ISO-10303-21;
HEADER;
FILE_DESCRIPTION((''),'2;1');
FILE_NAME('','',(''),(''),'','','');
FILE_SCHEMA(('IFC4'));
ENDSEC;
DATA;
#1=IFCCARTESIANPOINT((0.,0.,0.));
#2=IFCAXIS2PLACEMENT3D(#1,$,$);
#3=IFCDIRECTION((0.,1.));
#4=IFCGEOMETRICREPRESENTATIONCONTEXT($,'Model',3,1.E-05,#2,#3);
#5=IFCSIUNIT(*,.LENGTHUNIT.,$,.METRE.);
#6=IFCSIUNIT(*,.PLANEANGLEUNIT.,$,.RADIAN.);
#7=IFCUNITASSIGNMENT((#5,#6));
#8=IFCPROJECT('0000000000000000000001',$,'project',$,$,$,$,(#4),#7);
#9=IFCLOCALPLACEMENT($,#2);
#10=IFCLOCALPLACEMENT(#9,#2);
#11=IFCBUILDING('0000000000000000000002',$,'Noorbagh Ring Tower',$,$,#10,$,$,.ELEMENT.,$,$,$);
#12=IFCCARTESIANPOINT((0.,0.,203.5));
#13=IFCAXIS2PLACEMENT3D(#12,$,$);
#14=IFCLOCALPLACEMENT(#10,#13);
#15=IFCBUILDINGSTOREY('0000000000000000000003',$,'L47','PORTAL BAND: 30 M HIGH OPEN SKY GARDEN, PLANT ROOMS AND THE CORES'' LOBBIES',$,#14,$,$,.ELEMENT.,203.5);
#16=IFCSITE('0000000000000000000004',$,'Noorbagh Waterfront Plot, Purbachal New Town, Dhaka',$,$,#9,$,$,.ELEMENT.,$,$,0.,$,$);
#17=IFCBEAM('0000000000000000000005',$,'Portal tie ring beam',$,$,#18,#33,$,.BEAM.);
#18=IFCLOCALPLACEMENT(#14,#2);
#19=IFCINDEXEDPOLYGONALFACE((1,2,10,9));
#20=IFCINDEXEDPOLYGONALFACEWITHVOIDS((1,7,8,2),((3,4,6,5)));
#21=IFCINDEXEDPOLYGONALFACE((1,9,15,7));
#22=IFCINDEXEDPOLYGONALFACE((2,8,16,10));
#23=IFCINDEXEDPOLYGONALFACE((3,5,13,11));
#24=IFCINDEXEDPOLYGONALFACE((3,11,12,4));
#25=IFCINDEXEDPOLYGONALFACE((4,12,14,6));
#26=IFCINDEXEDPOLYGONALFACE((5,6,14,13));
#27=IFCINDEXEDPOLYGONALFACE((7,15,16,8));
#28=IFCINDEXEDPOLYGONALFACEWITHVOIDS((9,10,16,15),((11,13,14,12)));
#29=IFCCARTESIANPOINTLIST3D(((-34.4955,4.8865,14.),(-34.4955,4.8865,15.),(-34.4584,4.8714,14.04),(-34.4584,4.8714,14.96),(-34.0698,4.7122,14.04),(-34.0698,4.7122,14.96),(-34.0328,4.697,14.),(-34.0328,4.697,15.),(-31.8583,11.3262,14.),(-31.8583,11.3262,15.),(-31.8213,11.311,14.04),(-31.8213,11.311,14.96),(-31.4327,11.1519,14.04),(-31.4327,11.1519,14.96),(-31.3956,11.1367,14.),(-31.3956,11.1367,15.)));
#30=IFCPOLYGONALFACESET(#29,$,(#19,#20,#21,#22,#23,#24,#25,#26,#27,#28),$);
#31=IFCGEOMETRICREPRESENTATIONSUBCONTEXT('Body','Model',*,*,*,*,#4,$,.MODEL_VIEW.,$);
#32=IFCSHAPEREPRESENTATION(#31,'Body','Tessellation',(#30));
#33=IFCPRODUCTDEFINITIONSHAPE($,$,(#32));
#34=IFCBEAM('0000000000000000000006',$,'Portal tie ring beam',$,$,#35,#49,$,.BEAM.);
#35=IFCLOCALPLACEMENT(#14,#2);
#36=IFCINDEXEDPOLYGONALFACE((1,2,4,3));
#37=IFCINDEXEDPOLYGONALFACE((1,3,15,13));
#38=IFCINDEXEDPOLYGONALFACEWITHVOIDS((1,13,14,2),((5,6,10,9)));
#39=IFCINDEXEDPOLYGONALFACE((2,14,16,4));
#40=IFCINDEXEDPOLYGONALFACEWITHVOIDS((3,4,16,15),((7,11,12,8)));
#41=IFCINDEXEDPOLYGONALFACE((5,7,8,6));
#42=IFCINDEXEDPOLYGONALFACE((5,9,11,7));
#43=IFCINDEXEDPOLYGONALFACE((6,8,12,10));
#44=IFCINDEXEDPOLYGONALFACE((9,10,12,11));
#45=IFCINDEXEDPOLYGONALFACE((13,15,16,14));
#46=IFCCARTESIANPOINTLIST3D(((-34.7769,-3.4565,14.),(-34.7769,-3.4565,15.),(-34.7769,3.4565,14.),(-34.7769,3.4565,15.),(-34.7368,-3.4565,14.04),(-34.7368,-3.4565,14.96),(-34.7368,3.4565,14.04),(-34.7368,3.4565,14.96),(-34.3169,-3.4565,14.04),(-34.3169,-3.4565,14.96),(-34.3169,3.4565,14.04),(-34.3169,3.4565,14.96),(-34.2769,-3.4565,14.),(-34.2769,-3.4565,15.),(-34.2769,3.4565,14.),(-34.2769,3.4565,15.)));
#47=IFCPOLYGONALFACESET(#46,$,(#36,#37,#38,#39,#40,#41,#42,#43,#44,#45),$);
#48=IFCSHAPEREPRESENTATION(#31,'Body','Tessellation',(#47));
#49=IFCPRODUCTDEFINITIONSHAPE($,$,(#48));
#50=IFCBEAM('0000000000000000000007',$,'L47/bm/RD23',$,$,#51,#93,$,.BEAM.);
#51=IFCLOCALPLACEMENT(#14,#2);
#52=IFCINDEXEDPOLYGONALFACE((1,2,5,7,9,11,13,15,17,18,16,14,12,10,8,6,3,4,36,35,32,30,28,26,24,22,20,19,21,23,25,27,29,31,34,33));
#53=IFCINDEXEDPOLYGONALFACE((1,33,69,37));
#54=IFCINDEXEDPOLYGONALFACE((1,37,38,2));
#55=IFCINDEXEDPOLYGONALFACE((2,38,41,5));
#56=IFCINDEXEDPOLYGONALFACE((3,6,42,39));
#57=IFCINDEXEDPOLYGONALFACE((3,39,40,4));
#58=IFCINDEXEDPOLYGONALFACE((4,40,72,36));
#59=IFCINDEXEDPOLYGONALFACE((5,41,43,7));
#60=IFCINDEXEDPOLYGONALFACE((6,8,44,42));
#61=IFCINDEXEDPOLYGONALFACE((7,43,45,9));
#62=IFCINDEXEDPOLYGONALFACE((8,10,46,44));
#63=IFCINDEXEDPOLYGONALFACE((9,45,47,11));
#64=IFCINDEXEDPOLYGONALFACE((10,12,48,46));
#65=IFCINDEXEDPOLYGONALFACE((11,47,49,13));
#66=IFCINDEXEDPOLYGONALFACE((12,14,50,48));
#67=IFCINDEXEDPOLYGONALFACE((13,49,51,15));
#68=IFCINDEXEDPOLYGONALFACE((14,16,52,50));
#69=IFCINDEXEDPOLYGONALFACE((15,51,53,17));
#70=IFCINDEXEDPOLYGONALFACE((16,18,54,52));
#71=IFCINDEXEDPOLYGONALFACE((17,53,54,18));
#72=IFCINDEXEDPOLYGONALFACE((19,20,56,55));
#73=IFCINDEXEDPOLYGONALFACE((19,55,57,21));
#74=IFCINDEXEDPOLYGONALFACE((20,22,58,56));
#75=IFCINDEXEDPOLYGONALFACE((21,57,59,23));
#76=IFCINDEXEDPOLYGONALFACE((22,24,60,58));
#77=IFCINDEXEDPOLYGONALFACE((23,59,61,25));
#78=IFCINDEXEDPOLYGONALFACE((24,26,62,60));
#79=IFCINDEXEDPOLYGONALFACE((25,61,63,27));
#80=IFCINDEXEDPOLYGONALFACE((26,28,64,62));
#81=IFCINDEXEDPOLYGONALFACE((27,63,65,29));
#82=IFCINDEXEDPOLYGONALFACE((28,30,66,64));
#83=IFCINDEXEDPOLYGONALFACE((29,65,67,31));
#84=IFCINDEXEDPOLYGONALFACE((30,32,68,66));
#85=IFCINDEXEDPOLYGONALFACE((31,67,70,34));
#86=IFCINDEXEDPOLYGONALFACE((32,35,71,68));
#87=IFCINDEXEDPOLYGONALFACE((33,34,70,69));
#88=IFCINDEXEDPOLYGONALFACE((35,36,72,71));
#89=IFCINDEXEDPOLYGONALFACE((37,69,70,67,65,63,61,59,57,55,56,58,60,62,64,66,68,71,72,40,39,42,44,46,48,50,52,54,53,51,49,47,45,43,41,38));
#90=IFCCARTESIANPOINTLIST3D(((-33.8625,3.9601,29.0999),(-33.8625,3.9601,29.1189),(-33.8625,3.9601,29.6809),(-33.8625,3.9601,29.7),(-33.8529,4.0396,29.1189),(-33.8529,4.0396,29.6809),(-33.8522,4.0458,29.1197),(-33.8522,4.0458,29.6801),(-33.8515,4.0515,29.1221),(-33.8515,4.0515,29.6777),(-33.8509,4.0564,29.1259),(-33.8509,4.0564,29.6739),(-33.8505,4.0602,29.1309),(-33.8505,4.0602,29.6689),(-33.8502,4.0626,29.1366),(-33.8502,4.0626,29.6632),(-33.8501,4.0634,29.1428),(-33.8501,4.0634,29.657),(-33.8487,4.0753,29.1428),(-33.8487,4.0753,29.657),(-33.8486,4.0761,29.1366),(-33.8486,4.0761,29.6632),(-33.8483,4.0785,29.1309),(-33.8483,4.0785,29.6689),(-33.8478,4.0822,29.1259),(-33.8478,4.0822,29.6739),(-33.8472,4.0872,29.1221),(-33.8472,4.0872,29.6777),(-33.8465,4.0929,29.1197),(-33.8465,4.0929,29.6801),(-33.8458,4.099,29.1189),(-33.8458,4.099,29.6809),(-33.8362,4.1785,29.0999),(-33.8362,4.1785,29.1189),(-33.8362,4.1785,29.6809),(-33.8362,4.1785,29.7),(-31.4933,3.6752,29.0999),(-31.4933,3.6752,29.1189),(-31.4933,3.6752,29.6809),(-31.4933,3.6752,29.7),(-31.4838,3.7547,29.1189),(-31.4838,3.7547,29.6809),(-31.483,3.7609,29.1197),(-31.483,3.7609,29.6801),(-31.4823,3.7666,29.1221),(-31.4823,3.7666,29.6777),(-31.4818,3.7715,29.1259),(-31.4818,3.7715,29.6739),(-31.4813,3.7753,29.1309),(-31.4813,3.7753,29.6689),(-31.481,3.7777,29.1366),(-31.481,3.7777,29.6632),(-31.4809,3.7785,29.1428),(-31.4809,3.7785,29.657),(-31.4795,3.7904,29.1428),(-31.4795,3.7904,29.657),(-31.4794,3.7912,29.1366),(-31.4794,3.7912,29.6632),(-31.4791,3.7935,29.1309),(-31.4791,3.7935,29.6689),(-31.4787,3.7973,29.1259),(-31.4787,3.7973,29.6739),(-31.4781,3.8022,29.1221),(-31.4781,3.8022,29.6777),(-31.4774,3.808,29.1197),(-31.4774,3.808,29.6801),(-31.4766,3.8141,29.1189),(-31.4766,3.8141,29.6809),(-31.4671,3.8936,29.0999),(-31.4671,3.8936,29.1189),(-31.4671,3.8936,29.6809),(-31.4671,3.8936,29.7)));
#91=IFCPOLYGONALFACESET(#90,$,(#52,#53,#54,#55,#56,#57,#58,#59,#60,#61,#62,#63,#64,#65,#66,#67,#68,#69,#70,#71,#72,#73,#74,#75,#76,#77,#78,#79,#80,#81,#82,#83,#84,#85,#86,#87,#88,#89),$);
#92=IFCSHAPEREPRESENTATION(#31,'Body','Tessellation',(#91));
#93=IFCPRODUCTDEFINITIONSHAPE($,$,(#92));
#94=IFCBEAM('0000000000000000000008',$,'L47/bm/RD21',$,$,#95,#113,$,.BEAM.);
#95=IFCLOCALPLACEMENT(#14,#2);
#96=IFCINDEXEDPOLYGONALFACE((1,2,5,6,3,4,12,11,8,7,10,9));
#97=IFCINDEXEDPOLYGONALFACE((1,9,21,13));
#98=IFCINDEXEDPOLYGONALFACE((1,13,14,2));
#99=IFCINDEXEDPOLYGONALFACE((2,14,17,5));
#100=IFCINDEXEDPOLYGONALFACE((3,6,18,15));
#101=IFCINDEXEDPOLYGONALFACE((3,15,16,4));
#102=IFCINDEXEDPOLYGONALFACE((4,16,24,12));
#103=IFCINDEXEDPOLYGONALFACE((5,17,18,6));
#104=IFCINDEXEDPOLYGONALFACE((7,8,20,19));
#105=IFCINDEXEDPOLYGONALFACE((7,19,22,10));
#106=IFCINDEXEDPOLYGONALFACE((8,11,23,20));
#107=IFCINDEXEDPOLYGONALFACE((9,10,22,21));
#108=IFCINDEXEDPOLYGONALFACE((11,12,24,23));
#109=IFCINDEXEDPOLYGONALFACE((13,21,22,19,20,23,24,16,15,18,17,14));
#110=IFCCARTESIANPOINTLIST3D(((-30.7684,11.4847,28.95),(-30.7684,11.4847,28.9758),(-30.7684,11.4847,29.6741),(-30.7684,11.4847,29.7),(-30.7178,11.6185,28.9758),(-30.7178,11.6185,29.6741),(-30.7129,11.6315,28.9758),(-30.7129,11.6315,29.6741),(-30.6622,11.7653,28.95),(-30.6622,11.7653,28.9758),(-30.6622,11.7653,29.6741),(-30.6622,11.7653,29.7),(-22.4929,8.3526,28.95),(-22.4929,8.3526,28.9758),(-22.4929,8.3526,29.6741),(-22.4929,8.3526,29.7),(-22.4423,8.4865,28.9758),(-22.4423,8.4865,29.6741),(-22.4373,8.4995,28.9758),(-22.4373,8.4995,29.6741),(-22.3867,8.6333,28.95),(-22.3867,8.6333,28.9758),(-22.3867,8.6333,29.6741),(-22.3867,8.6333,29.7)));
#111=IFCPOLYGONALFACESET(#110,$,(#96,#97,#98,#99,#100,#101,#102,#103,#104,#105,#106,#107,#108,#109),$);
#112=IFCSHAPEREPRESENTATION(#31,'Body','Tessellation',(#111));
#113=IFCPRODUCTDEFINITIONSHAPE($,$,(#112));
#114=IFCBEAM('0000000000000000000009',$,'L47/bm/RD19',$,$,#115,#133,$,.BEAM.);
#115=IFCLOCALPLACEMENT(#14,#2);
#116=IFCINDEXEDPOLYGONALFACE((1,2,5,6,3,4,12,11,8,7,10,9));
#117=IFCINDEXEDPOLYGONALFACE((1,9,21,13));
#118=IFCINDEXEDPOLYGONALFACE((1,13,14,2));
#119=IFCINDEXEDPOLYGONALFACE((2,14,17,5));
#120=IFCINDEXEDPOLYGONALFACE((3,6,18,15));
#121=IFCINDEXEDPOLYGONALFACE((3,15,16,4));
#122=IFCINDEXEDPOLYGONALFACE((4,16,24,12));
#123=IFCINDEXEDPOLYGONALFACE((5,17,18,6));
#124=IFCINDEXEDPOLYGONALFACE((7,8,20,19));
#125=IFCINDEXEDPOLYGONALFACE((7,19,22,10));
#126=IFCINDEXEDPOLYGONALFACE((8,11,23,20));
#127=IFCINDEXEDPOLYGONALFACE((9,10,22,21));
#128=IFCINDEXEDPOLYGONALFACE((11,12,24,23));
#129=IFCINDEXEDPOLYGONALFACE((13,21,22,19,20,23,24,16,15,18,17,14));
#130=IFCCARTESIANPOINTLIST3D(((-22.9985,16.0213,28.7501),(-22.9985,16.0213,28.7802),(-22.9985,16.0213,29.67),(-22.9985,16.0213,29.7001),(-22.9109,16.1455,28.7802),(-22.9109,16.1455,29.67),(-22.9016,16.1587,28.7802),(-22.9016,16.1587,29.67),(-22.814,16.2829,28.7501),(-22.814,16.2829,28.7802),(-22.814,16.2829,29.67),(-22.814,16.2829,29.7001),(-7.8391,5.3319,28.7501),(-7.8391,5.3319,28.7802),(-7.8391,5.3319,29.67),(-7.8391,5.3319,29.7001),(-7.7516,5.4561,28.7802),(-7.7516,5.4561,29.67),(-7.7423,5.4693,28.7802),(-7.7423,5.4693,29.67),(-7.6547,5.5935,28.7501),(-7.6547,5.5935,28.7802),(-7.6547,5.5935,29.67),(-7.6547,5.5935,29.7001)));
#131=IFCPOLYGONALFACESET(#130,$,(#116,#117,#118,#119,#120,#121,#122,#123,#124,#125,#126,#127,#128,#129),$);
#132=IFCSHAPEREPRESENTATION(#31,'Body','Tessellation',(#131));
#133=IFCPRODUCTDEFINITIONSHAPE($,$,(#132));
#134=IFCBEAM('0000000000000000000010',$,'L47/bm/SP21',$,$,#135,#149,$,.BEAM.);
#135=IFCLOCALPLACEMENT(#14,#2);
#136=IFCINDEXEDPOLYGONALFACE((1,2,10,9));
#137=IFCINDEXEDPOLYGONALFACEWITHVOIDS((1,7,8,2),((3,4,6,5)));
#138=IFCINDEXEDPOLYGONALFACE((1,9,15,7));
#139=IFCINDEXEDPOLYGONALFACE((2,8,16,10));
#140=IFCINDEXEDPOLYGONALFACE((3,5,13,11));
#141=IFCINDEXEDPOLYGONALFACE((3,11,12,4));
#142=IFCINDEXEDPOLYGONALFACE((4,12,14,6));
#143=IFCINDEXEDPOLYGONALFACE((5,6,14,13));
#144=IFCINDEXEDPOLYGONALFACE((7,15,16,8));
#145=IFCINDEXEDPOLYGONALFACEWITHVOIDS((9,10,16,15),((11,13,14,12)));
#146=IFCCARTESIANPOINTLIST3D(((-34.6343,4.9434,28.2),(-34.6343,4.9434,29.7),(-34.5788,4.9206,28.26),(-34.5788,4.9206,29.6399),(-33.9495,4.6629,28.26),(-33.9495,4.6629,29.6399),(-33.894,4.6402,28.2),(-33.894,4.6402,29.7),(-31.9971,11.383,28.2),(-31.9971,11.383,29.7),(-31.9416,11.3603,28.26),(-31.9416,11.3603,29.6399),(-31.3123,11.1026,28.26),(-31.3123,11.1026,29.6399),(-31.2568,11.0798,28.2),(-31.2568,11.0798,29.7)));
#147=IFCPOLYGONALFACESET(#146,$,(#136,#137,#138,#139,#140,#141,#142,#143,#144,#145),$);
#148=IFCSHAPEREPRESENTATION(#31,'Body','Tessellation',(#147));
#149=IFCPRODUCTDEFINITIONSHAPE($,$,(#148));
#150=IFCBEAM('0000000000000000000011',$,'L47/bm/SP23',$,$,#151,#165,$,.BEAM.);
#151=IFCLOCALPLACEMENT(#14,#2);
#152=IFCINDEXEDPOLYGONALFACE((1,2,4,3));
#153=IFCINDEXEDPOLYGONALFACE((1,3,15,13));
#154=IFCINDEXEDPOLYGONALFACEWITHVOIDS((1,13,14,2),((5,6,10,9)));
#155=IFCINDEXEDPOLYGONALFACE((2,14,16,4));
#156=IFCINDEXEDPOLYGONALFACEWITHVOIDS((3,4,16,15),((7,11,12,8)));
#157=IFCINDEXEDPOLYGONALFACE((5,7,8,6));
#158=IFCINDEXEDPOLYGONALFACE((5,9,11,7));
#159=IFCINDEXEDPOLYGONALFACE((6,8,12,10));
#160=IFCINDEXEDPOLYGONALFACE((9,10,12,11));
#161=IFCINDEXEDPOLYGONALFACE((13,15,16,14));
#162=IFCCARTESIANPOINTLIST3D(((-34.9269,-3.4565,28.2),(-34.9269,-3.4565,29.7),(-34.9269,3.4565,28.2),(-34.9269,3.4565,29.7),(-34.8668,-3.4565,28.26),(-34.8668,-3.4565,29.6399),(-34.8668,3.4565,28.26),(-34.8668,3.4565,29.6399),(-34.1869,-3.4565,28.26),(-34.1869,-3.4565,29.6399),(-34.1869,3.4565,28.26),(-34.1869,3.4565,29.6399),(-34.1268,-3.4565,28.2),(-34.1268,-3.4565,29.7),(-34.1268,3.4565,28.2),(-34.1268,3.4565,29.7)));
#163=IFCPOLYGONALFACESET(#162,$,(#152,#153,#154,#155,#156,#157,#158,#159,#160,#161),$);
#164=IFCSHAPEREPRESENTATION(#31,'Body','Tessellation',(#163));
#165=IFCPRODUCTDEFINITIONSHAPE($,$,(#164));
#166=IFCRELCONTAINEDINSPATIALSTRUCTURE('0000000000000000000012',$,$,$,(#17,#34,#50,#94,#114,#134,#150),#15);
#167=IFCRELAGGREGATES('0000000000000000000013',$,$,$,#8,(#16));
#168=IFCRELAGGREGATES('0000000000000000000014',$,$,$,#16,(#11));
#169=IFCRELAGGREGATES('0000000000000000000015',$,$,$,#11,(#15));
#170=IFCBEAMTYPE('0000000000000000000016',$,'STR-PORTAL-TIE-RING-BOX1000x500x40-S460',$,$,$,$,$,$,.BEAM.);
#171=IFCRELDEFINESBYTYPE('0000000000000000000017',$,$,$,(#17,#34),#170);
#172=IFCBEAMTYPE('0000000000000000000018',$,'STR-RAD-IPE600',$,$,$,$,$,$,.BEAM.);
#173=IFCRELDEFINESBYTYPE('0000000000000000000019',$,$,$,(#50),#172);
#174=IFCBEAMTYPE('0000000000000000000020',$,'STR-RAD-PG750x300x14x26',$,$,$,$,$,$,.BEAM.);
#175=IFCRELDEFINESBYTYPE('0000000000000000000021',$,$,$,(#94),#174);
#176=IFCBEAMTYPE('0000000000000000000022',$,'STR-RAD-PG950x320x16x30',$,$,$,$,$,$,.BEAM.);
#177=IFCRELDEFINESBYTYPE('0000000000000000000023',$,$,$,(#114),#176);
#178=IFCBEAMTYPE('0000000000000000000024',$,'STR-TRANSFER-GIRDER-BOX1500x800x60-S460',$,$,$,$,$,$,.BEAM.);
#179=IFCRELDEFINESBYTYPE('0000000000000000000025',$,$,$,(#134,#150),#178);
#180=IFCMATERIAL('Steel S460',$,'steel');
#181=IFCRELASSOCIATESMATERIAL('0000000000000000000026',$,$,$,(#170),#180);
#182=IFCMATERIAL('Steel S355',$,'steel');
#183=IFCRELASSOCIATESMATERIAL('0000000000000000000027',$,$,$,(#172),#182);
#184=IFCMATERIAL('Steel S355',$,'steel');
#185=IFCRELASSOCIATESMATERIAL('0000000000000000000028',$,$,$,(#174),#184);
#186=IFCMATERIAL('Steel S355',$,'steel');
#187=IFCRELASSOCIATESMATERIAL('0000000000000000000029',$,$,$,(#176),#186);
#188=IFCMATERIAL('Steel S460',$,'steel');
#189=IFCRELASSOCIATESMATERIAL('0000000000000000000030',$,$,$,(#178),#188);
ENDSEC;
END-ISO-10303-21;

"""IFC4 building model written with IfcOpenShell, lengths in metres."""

from ifc_helpers import new_model, si_unit, direction, frame, origin, origin_2d, place, context, subcontext, project, spatial, hollow_rectangle, i_section, extrude, material, material_profile, profile_set, type_object, element, save


model = new_model("IFC4")

# Units and contexts
model_context = context("Model", 3, precision=1e-05, world=origin(), true_north=direction((0.0, 1.0)))
body_context = subcontext(model_context, "Body", "Model", "MODEL_VIEW")
ifc_project = project(units=[si_unit("LENGTHUNIT", "METRE"), si_unit("PLANEANGLEUNIT", "RADIAN")], contexts=[model_context])

# Site, building, storey
site_placement = place(None, origin())
site = spatial("IfcSite", under=ifc_project, at=site_placement, Name="Noorbagh Waterfront Plot, Purbachal New Town, Dhaka", CompositionType="ELEMENT", RefElevation=0.0)
building_placement = place(site_placement, origin())
building = spatial("IfcBuilding", under=site, at=building_placement, Name="Noorbagh Ring Tower", CompositionType="ELEMENT")
storey_placement = place(building_placement, frame((0.0, 0.0, 203.5)))
storey = spatial("IfcBuildingStorey", under=building, at=storey_placement, Name="L47", Description="PORTAL BAND: 30 M HIGH OPEN SKY GARDEN, PLANT ROOMS AND THE CORES' LOBBIES", CompositionType="ELEMENT", Elevation=203.5)

# Beams
ifc_material_1 = material(Name="Steel S460", Category="steel")
ifc_material_profile_1 = material_profile(ifc_material_1, hollow_rectangle(XDim=0.5, YDim=1.0, WallThickness=0.04, at=origin_2d()), Name="BOX1000x500x40")
ifc_profile_set_1 = profile_set([ifc_material_profile_1], Name="Steel S460")
beam_type_1 = type_object("IfcBeamType", Name="STR-PORTAL-TIE-RING-BOX1000x500x40-S460", PredefinedType="BEAM", material=ifc_profile_set_1)
beam_1_placement = place(storey_placement, frame((-31.627, 11.2314, 14.5), z_axis=(-0.378976, -0.925407, 0.0), x_axis=(0.925407, -0.378976, 0.0)))
element("IfcBeam", 1, at=beam_1_placement, inside=storey, type_object=beam_type_1, Name="Portal tie ring beam", PredefinedType="BEAM", context=body_context, shape_type="SweptSolid", body=[
    extrude(hollow_rectangle(XDim=0.5, YDim=1.0, WallThickness=0.04, at=origin_2d()), origin(), (0.0, 0.0, 1.0), 6.9587),
])
beam_2_placement = place(storey_placement, frame((-34.5269, 3.4565, 14.5), z_axis=(0.0, -1.0, 0.0), x_axis=(1.0, 0.0, 0.0)))
element("IfcBeam", 2, at=beam_2_placement, inside=storey, type_object=beam_type_1, Name="Portal tie ring beam", PredefinedType="BEAM", context=body_context, shape_type="SweptSolid", body=[
    extrude(hollow_rectangle(XDim=0.5, YDim=1.0, WallThickness=0.04, at=origin_2d()), origin(), (0.0, 0.0, 1.0), 6.9131),
])
ifc_material_2 = material(Name="Steel S355", Category="steel")
ifc_material_profile_2 = material_profile(ifc_material_2, i_section(OverallWidth=0.22, OverallDepth=0.6001, WebThickness=0.012, FlangeThickness=0.019, FilletRadius=0.0239, at=origin_2d()), Name="IPE600")
ifc_profile_set_2 = profile_set([ifc_material_profile_2], Name="Steel S355")
beam_type_2 = type_object("IfcBeamType", Name="STR-RAD-IPE600", PredefinedType="BEAM", material=ifc_profile_set_2)
beam_3_placement = place(storey_placement, frame((-33.8494, 4.0693, 29.3999), z_axis=(0.992846, -0.119399, 0.0), x_axis=(0.119399, 0.992846, 0.0)))
element("IfcBeam", 3, at=beam_3_placement, inside=storey, type_object=beam_type_2, Name="L47/bm/RD23", PredefinedType="BEAM", context=body_context, shape_type="SweptSolid", body=[
    extrude(i_section(OverallWidth=0.22, OverallDepth=0.6001, WebThickness=0.012, FlangeThickness=0.019, FilletRadius=0.0239, at=origin_2d()), origin(), (0.0, 0.0, 1.0), 2.3862),
])
ifc_material_3 = material(Name="Steel S355", Category="steel")
ifc_material_profile_3 = material_profile(ifc_material_3, i_section(OverallWidth=0.3, OverallDepth=0.75, WebThickness=0.0139, FlangeThickness=0.0259, at=origin_2d()), Name="PG750x300x14x26")
ifc_profile_set_3 = profile_set([ifc_material_profile_3], Name="Steel S355")
beam_type_3 = type_object("IfcBeamType", Name="STR-RAD-PG750x300x14x26", PredefinedType="BEAM", material=ifc_profile_set_3)
beam_4_placement = place(storey_placement, frame((-30.7153, 11.625, 29.325), z_axis=(0.935258, -0.353967, 0.0), x_axis=(0.353967, 0.935258, 0.0)))
element("IfcBeam", 4, at=beam_4_placement, inside=storey, type_object=beam_type_3, Name="L47/bm/RD21", PredefinedType="BEAM", context=body_context, shape_type="SweptSolid", body=[
    extrude(i_section(OverallWidth=0.3, OverallDepth=0.75, WebThickness=0.0139, FlangeThickness=0.0259, at=origin_2d()), origin(), (0.0, 0.0, 1.0), 8.8484),
])
ifc_material_4 = material(Name="Steel S355", Category="steel")
ifc_material_profile_4 = material_profile(ifc_material_4, i_section(OverallWidth=0.3201, OverallDepth=0.95, WebThickness=0.0161, FlangeThickness=0.03, at=origin_2d()), Name="PG950x320x16x30")
ifc_profile_set_4 = profile_set([ifc_material_profile_4], Name="Steel S355")
beam_type_4 = type_object("IfcBeamType", Name="STR-RAD-PG950x320x16x30", PredefinedType="BEAM", material=ifc_profile_set_4)
beam_5_placement = place(storey_placement, frame((-22.9062, 16.1521, 29.2251), z_axis=(0.817255, -0.576276, 0.0), x_axis=(0.576276, 0.817255, 0.0)))
element("IfcBeam", 5, at=beam_5_placement, inside=storey, type_object=beam_type_4, Name="L47/bm/RD19", PredefinedType="BEAM", context=body_context, shape_type="SweptSolid", body=[
    extrude(i_section(OverallWidth=0.3201, OverallDepth=0.95, WebThickness=0.0161, FlangeThickness=0.03, at=origin_2d()), origin(), (0.0, 0.0, 1.0), 18.5491),
])
ifc_material_5 = material(Name="Steel S460", Category="steel")
ifc_material_profile_5 = material_profile(ifc_material_5, hollow_rectangle(XDim=0.8, YDim=1.5, WallThickness=0.0601, at=origin_2d()), Name="BOX1500x800x60")
ifc_profile_set_5 = profile_set([ifc_material_profile_5], Name="Steel S460")
beam_type_5 = type_object("IfcBeamType", Name="STR-TRANSFER-GIRDER-BOX1500x800x60-S460", PredefinedType="BEAM", material=ifc_profile_set_5)
beam_6_placement = place(storey_placement, frame((-31.627, 11.2314, 28.95), z_axis=(-0.378976, -0.925407, 0.0), x_axis=(0.925407, -0.378976, 0.0)))
element("IfcBeam", 6, at=beam_6_placement, inside=storey, type_object=beam_type_5, Name="L47/bm/SP21", PredefinedType="BEAM", context=body_context, shape_type="SweptSolid", body=[
    extrude(hollow_rectangle(XDim=0.8, YDim=1.5, WallThickness=0.0601, at=origin_2d()), origin(), (0.0, 0.0, 1.0), 6.9587),
])
beam_7_placement = place(storey_placement, frame((-34.5269, 3.4565, 28.95), z_axis=(0.0, -1.0, 0.0), x_axis=(1.0, 0.0, 0.0)))
element("IfcBeam", 7, at=beam_7_placement, inside=storey, type_object=beam_type_5, Name="L47/bm/SP23", PredefinedType="BEAM", context=body_context, shape_type="SweptSolid", body=[
    extrude(hollow_rectangle(XDim=0.8, YDim=1.5, WallThickness=0.0601, at=origin_2d()), origin(), (0.0, 0.0, 1.0), 6.9131),
])

save(model, "model.ifc")
